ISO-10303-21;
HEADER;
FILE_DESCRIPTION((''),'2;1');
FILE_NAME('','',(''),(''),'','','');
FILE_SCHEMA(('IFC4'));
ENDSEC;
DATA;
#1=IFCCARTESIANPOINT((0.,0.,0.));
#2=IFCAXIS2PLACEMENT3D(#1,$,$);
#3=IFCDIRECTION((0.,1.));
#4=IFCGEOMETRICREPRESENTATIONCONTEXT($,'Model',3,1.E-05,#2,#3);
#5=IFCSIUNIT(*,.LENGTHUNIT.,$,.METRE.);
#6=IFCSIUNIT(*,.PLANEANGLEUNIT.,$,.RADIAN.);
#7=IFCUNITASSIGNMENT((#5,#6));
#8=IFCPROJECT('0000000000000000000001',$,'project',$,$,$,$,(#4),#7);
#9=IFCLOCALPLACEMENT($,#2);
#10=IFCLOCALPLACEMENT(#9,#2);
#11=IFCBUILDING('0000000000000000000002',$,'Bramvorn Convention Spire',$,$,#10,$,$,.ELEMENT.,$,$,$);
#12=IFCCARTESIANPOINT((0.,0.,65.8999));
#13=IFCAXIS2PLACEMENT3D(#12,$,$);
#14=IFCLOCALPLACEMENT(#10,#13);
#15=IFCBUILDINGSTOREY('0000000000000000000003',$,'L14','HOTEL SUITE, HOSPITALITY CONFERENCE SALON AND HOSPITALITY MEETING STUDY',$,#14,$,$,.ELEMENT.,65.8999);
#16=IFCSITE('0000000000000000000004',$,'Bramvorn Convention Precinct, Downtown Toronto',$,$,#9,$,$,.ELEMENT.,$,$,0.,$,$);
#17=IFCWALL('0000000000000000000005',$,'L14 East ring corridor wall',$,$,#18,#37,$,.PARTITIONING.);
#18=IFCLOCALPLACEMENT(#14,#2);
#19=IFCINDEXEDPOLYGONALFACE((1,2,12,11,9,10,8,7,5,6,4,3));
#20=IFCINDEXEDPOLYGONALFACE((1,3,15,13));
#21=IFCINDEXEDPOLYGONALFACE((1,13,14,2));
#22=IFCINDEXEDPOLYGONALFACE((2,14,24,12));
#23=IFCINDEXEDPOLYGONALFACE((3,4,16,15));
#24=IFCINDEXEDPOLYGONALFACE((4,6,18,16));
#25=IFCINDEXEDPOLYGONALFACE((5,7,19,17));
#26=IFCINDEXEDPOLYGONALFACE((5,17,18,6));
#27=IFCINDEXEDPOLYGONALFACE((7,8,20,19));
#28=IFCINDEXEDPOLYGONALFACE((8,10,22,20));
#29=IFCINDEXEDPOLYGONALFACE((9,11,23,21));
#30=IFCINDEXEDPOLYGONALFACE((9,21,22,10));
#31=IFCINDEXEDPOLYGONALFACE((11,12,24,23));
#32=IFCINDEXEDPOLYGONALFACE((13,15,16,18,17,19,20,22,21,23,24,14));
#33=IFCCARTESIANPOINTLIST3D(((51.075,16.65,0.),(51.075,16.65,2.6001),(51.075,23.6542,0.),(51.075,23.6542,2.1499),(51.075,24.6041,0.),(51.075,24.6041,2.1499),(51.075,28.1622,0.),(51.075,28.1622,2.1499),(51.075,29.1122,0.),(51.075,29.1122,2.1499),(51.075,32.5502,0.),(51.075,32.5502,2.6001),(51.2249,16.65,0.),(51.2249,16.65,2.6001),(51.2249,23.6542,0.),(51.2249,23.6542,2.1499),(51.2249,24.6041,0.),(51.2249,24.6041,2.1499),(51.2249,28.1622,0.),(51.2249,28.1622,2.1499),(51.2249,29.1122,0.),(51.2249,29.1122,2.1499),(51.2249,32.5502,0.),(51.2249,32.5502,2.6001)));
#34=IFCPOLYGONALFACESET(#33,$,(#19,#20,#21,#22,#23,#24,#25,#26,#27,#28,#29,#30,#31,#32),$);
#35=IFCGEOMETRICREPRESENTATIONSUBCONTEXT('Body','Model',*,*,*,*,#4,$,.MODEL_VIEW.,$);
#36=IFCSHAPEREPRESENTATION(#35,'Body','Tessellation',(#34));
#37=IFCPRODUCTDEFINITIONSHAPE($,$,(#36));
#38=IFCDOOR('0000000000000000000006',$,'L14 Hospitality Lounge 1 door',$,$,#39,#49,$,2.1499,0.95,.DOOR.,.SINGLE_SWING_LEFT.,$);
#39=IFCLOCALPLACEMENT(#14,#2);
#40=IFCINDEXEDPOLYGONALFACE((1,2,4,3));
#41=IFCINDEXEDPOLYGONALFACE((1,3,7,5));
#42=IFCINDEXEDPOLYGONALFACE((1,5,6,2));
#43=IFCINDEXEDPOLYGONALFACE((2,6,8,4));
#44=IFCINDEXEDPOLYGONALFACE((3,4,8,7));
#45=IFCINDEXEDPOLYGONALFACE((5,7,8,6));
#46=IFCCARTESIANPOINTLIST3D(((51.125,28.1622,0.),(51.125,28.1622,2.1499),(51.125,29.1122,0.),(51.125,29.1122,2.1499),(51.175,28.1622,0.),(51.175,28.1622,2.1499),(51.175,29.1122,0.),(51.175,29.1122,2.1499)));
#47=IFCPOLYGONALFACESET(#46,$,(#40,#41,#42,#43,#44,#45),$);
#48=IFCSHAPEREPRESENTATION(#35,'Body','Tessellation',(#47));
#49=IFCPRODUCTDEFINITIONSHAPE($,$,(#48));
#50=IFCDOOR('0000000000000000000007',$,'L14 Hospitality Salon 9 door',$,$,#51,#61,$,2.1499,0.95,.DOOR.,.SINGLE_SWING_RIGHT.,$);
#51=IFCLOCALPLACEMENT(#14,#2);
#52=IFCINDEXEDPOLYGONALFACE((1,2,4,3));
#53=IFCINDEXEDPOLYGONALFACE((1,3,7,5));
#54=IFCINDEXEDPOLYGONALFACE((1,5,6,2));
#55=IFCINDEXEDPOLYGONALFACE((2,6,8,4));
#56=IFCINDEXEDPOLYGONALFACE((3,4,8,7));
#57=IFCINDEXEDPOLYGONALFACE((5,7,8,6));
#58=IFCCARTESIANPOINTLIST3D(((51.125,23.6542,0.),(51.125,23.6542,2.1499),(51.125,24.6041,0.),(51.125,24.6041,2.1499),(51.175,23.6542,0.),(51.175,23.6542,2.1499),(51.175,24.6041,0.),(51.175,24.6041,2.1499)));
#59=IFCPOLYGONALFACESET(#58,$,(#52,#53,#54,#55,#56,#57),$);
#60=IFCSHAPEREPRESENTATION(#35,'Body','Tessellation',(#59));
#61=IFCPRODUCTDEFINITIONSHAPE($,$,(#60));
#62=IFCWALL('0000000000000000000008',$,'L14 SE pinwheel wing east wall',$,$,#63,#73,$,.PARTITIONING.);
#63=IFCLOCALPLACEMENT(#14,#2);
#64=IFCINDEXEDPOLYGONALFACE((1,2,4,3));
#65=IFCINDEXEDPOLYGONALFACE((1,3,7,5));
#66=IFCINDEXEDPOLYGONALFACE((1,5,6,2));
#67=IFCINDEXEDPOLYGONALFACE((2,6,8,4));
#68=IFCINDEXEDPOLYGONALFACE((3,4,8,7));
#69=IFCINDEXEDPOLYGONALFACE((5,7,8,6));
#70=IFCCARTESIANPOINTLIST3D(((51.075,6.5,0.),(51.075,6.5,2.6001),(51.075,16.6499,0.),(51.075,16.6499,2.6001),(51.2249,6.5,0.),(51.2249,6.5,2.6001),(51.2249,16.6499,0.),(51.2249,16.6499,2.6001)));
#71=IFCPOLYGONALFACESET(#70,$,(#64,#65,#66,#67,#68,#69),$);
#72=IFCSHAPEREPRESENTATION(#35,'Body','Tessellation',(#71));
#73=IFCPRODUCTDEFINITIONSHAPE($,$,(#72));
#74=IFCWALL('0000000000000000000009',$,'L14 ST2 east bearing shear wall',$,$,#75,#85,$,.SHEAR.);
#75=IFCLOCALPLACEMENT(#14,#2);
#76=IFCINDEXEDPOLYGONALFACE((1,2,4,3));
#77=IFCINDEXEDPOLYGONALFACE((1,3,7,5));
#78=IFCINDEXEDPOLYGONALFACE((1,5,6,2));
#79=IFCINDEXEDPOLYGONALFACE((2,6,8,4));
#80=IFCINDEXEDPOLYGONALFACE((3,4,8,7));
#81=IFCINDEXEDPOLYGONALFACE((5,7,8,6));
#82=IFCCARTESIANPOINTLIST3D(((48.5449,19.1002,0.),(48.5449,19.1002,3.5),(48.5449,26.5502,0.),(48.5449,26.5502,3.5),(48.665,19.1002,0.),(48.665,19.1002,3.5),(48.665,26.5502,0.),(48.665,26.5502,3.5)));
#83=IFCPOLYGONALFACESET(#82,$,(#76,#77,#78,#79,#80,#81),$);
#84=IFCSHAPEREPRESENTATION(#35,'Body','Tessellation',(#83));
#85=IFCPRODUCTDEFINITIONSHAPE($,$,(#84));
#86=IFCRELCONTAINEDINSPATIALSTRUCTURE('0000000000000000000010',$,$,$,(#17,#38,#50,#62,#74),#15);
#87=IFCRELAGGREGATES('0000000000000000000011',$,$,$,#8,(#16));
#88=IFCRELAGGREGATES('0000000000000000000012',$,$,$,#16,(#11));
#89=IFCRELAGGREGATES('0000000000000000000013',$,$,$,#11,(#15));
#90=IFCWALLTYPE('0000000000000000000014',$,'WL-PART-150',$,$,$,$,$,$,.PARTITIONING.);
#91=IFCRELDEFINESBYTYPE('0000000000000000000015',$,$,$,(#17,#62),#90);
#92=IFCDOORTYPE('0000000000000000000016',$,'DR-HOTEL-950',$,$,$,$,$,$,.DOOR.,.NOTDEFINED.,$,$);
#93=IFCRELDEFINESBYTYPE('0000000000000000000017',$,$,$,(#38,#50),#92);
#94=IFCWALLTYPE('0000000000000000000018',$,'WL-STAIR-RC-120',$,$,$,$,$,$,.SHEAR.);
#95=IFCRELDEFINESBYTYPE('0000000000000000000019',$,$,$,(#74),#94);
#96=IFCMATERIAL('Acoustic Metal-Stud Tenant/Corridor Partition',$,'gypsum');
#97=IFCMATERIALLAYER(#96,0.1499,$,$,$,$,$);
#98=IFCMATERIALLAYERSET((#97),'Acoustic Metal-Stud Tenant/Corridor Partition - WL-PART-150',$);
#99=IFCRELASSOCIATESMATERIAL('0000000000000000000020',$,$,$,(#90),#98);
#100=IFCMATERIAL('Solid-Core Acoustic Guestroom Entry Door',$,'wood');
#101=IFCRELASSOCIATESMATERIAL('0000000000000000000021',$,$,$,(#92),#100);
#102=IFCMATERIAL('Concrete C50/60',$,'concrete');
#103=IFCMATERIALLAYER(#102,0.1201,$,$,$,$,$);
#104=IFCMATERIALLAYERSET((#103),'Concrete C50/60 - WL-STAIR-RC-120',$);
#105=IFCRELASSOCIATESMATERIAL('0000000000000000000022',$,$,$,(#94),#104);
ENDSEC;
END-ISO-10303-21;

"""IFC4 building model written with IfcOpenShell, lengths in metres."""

from ifc_helpers import new_model, si_unit, direction, frame, frame_2d, origin, place, context, subcontext, project, spatial, rectangle, extrude, material, layer, layer_set, type_object, element, fill, save


model = new_model("IFC4")

# Units and contexts
model_context = context("Model", 3, precision=1e-05, world=origin(), true_north=direction((0.0, 1.0)))
body_context = subcontext(model_context, "Body", "Model", "MODEL_VIEW")
ifc_project = project(units=[si_unit("LENGTHUNIT", "METRE"), si_unit("PLANEANGLEUNIT", "RADIAN")], contexts=[model_context])

# Site, building, storey
site_placement = place(None, origin())
site = spatial("IfcSite", under=ifc_project, at=site_placement, Name="Bramvorn Convention Precinct, Downtown Toronto", CompositionType="ELEMENT", RefElevation=0.0)
building_placement = place(site_placement, origin())
building = spatial("IfcBuilding", under=site, at=building_placement, Name="Bramvorn Convention Spire", CompositionType="ELEMENT")
storey_placement = place(building_placement, frame((0.0, 0.0, 65.8999)))
storey = spatial("IfcBuildingStorey", under=building, at=storey_placement, Name="L14", Description="HOTEL SUITE, HOSPITALITY CONFERENCE SALON AND HOSPITALITY MEETING STUDY", CompositionType="ELEMENT", Elevation=65.8999)

# Wall, openings, doors
ifc_material_1 = material(Name="Acoustic Metal-Stud Tenant/Corridor Partition", Category="gypsum")
ifc_layer_1 = layer(ifc_material_1, 0.1499)
ifc_layer_set_1 = layer_set([ifc_layer_1], Name="Acoustic Metal-Stud Tenant/Corridor Partition - WL-PART-150")
wall_type_1 = type_object("IfcWallType", Name="WL-PART-150", PredefinedType="PARTITIONING", material=ifc_layer_set_1)
wall_1_placement = place(storey_placement, frame((51.1499, 16.6499, 0.0), z_axis=(0.0, 0.0, 1.0), x_axis=(0.0, 1.0, 0.0)))
wall_1 = element("IfcWall", 1, at=wall_1_placement, inside=storey, type_object=wall_type_1, Name="L14 East ring corridor wall", PredefinedType="PARTITIONING", context=body_context, shape_type="SweptSolid", body=[
    extrude(rectangle(XDim=15.9001, YDim=0.1499, at=frame_2d((7.9502, 0.0))), origin(), (0.0, 0.0, 1.0), 2.6001),
])
opening_1_placement = place(wall_1_placement, frame((11.5122, 0.0, 0.0)))
opening_1 = element("IfcOpeningElement", 2, at=opening_1_placement, cuts=wall_1, PredefinedType="OPENING", context=body_context, shape_type="SweptSolid", body=[
    extrude(rectangle(XDim=0.95, YDim=2.1499, at=frame_2d((0.4751, 1.075))), frame((0.0, 0.085, 0.0), z_axis=(0.0, -1.0, 0.0), x_axis=(1.0, 0.0, 0.0)), (0.0, 0.0, 1.0), 0.1699),
])
opening_2_placement = place(wall_1_placement, frame((7.0042, 0.0, 0.0)))
opening_2 = element("IfcOpeningElement", 3, at=opening_2_placement, cuts=wall_1, PredefinedType="OPENING", context=body_context, shape_type="SweptSolid", body=[
    extrude(rectangle(XDim=0.95, YDim=2.1499, at=frame_2d((0.4751, 1.075))), frame((0.0, 0.085, 0.0), z_axis=(0.0, -1.0, 0.0), x_axis=(1.0, 0.0, 0.0)), (0.0, 0.0, 1.0), 0.1699),
])
ifc_material_2 = material(Name="Solid-Core Acoustic Guestroom Entry Door", Category="wood")
door_type_1 = type_object("IfcDoorType", Name="DR-HOTEL-950", OperationType="NOTDEFINED", PredefinedType="DOOR", material=ifc_material_2)
door_1_placement = place(opening_1_placement, origin())
door_1 = element("IfcDoor", 4, at=door_1_placement, inside=storey, type_object=door_type_1, Name="L14 Hospitality Lounge 1 door", OperationType="SINGLE_SWING_LEFT", OverallHeight=2.1499, OverallWidth=0.95, PredefinedType="DOOR", context=body_context, shape_type="SweptSolid", body=[
    extrude(rectangle(XDim=0.95, YDim=2.1499, at=frame_2d((0.4751, 1.075))), frame((0.0, 0.0249, 0.0), z_axis=(0.0, -1.0, 0.0), x_axis=(1.0, 0.0, 0.0)), (0.0, 0.0, 1.0), 0.05),
])
fill(opening_1, door_1)
door_2_placement = place(opening_2_placement, origin())
door_2 = element("IfcDoor", 5, at=door_2_placement, inside=storey, type_object=door_type_1, Name="L14 Hospitality Salon 9 door", OperationType="SINGLE_SWING_RIGHT", OverallHeight=2.1499, OverallWidth=0.95, PredefinedType="DOOR", context=body_context, shape_type="SweptSolid", body=[
    extrude(rectangle(XDim=0.95, YDim=2.1499, at=frame_2d((0.4751, 1.075))), frame((0.0, 0.0249, 0.0), z_axis=(0.0, -1.0, 0.0), x_axis=(1.0, 0.0, 0.0)), (0.0, 0.0, 1.0), 0.05),
])
fill(opening_2, door_2)

# Walls
wall_2_placement = place(storey_placement, frame((51.1499, 6.5, 0.0), z_axis=(0.0, 0.0, 1.0), x_axis=(0.0, 1.0, 0.0)))
element("IfcWall", 6, at=wall_2_placement, inside=storey, type_object=wall_type_1, Name="L14 SE pinwheel wing east wall", PredefinedType="PARTITIONING", context=body_context, shape_type="SweptSolid", body=[
    extrude(rectangle(XDim=10.1499, YDim=0.1499, at=frame_2d((5.075, 0.0))), origin(), (0.0, 0.0, 1.0), 2.6001),
])
ifc_material_3 = material(Name="Concrete C50/60", Category="concrete")
ifc_layer_2 = layer(ifc_material_3, 0.1201)
ifc_layer_set_2 = layer_set([ifc_layer_2], Name="Concrete C50/60 - WL-STAIR-RC-120")
wall_type_2 = type_object("IfcWallType", Name="WL-STAIR-RC-120", PredefinedType="SHEAR", material=ifc_layer_set_2)
wall_3_placement = place(storey_placement, frame((48.605, 19.1001, 0.0), z_axis=(0.0, 0.0, 1.0), x_axis=(0.0, 1.0, 0.0)))
element("IfcWall", 7, at=wall_3_placement, inside=storey, type_object=wall_type_2, Name="L14 ST2 east bearing shear wall", PredefinedType="SHEAR", context=body_context, shape_type="SweptSolid", body=[
    extrude(rectangle(XDim=7.45, YDim=0.1201, at=frame_2d((3.7251, 0.0))), origin(), (0.0, 0.0, 1.0), 3.5),
])

save(model, "model.ifc")
